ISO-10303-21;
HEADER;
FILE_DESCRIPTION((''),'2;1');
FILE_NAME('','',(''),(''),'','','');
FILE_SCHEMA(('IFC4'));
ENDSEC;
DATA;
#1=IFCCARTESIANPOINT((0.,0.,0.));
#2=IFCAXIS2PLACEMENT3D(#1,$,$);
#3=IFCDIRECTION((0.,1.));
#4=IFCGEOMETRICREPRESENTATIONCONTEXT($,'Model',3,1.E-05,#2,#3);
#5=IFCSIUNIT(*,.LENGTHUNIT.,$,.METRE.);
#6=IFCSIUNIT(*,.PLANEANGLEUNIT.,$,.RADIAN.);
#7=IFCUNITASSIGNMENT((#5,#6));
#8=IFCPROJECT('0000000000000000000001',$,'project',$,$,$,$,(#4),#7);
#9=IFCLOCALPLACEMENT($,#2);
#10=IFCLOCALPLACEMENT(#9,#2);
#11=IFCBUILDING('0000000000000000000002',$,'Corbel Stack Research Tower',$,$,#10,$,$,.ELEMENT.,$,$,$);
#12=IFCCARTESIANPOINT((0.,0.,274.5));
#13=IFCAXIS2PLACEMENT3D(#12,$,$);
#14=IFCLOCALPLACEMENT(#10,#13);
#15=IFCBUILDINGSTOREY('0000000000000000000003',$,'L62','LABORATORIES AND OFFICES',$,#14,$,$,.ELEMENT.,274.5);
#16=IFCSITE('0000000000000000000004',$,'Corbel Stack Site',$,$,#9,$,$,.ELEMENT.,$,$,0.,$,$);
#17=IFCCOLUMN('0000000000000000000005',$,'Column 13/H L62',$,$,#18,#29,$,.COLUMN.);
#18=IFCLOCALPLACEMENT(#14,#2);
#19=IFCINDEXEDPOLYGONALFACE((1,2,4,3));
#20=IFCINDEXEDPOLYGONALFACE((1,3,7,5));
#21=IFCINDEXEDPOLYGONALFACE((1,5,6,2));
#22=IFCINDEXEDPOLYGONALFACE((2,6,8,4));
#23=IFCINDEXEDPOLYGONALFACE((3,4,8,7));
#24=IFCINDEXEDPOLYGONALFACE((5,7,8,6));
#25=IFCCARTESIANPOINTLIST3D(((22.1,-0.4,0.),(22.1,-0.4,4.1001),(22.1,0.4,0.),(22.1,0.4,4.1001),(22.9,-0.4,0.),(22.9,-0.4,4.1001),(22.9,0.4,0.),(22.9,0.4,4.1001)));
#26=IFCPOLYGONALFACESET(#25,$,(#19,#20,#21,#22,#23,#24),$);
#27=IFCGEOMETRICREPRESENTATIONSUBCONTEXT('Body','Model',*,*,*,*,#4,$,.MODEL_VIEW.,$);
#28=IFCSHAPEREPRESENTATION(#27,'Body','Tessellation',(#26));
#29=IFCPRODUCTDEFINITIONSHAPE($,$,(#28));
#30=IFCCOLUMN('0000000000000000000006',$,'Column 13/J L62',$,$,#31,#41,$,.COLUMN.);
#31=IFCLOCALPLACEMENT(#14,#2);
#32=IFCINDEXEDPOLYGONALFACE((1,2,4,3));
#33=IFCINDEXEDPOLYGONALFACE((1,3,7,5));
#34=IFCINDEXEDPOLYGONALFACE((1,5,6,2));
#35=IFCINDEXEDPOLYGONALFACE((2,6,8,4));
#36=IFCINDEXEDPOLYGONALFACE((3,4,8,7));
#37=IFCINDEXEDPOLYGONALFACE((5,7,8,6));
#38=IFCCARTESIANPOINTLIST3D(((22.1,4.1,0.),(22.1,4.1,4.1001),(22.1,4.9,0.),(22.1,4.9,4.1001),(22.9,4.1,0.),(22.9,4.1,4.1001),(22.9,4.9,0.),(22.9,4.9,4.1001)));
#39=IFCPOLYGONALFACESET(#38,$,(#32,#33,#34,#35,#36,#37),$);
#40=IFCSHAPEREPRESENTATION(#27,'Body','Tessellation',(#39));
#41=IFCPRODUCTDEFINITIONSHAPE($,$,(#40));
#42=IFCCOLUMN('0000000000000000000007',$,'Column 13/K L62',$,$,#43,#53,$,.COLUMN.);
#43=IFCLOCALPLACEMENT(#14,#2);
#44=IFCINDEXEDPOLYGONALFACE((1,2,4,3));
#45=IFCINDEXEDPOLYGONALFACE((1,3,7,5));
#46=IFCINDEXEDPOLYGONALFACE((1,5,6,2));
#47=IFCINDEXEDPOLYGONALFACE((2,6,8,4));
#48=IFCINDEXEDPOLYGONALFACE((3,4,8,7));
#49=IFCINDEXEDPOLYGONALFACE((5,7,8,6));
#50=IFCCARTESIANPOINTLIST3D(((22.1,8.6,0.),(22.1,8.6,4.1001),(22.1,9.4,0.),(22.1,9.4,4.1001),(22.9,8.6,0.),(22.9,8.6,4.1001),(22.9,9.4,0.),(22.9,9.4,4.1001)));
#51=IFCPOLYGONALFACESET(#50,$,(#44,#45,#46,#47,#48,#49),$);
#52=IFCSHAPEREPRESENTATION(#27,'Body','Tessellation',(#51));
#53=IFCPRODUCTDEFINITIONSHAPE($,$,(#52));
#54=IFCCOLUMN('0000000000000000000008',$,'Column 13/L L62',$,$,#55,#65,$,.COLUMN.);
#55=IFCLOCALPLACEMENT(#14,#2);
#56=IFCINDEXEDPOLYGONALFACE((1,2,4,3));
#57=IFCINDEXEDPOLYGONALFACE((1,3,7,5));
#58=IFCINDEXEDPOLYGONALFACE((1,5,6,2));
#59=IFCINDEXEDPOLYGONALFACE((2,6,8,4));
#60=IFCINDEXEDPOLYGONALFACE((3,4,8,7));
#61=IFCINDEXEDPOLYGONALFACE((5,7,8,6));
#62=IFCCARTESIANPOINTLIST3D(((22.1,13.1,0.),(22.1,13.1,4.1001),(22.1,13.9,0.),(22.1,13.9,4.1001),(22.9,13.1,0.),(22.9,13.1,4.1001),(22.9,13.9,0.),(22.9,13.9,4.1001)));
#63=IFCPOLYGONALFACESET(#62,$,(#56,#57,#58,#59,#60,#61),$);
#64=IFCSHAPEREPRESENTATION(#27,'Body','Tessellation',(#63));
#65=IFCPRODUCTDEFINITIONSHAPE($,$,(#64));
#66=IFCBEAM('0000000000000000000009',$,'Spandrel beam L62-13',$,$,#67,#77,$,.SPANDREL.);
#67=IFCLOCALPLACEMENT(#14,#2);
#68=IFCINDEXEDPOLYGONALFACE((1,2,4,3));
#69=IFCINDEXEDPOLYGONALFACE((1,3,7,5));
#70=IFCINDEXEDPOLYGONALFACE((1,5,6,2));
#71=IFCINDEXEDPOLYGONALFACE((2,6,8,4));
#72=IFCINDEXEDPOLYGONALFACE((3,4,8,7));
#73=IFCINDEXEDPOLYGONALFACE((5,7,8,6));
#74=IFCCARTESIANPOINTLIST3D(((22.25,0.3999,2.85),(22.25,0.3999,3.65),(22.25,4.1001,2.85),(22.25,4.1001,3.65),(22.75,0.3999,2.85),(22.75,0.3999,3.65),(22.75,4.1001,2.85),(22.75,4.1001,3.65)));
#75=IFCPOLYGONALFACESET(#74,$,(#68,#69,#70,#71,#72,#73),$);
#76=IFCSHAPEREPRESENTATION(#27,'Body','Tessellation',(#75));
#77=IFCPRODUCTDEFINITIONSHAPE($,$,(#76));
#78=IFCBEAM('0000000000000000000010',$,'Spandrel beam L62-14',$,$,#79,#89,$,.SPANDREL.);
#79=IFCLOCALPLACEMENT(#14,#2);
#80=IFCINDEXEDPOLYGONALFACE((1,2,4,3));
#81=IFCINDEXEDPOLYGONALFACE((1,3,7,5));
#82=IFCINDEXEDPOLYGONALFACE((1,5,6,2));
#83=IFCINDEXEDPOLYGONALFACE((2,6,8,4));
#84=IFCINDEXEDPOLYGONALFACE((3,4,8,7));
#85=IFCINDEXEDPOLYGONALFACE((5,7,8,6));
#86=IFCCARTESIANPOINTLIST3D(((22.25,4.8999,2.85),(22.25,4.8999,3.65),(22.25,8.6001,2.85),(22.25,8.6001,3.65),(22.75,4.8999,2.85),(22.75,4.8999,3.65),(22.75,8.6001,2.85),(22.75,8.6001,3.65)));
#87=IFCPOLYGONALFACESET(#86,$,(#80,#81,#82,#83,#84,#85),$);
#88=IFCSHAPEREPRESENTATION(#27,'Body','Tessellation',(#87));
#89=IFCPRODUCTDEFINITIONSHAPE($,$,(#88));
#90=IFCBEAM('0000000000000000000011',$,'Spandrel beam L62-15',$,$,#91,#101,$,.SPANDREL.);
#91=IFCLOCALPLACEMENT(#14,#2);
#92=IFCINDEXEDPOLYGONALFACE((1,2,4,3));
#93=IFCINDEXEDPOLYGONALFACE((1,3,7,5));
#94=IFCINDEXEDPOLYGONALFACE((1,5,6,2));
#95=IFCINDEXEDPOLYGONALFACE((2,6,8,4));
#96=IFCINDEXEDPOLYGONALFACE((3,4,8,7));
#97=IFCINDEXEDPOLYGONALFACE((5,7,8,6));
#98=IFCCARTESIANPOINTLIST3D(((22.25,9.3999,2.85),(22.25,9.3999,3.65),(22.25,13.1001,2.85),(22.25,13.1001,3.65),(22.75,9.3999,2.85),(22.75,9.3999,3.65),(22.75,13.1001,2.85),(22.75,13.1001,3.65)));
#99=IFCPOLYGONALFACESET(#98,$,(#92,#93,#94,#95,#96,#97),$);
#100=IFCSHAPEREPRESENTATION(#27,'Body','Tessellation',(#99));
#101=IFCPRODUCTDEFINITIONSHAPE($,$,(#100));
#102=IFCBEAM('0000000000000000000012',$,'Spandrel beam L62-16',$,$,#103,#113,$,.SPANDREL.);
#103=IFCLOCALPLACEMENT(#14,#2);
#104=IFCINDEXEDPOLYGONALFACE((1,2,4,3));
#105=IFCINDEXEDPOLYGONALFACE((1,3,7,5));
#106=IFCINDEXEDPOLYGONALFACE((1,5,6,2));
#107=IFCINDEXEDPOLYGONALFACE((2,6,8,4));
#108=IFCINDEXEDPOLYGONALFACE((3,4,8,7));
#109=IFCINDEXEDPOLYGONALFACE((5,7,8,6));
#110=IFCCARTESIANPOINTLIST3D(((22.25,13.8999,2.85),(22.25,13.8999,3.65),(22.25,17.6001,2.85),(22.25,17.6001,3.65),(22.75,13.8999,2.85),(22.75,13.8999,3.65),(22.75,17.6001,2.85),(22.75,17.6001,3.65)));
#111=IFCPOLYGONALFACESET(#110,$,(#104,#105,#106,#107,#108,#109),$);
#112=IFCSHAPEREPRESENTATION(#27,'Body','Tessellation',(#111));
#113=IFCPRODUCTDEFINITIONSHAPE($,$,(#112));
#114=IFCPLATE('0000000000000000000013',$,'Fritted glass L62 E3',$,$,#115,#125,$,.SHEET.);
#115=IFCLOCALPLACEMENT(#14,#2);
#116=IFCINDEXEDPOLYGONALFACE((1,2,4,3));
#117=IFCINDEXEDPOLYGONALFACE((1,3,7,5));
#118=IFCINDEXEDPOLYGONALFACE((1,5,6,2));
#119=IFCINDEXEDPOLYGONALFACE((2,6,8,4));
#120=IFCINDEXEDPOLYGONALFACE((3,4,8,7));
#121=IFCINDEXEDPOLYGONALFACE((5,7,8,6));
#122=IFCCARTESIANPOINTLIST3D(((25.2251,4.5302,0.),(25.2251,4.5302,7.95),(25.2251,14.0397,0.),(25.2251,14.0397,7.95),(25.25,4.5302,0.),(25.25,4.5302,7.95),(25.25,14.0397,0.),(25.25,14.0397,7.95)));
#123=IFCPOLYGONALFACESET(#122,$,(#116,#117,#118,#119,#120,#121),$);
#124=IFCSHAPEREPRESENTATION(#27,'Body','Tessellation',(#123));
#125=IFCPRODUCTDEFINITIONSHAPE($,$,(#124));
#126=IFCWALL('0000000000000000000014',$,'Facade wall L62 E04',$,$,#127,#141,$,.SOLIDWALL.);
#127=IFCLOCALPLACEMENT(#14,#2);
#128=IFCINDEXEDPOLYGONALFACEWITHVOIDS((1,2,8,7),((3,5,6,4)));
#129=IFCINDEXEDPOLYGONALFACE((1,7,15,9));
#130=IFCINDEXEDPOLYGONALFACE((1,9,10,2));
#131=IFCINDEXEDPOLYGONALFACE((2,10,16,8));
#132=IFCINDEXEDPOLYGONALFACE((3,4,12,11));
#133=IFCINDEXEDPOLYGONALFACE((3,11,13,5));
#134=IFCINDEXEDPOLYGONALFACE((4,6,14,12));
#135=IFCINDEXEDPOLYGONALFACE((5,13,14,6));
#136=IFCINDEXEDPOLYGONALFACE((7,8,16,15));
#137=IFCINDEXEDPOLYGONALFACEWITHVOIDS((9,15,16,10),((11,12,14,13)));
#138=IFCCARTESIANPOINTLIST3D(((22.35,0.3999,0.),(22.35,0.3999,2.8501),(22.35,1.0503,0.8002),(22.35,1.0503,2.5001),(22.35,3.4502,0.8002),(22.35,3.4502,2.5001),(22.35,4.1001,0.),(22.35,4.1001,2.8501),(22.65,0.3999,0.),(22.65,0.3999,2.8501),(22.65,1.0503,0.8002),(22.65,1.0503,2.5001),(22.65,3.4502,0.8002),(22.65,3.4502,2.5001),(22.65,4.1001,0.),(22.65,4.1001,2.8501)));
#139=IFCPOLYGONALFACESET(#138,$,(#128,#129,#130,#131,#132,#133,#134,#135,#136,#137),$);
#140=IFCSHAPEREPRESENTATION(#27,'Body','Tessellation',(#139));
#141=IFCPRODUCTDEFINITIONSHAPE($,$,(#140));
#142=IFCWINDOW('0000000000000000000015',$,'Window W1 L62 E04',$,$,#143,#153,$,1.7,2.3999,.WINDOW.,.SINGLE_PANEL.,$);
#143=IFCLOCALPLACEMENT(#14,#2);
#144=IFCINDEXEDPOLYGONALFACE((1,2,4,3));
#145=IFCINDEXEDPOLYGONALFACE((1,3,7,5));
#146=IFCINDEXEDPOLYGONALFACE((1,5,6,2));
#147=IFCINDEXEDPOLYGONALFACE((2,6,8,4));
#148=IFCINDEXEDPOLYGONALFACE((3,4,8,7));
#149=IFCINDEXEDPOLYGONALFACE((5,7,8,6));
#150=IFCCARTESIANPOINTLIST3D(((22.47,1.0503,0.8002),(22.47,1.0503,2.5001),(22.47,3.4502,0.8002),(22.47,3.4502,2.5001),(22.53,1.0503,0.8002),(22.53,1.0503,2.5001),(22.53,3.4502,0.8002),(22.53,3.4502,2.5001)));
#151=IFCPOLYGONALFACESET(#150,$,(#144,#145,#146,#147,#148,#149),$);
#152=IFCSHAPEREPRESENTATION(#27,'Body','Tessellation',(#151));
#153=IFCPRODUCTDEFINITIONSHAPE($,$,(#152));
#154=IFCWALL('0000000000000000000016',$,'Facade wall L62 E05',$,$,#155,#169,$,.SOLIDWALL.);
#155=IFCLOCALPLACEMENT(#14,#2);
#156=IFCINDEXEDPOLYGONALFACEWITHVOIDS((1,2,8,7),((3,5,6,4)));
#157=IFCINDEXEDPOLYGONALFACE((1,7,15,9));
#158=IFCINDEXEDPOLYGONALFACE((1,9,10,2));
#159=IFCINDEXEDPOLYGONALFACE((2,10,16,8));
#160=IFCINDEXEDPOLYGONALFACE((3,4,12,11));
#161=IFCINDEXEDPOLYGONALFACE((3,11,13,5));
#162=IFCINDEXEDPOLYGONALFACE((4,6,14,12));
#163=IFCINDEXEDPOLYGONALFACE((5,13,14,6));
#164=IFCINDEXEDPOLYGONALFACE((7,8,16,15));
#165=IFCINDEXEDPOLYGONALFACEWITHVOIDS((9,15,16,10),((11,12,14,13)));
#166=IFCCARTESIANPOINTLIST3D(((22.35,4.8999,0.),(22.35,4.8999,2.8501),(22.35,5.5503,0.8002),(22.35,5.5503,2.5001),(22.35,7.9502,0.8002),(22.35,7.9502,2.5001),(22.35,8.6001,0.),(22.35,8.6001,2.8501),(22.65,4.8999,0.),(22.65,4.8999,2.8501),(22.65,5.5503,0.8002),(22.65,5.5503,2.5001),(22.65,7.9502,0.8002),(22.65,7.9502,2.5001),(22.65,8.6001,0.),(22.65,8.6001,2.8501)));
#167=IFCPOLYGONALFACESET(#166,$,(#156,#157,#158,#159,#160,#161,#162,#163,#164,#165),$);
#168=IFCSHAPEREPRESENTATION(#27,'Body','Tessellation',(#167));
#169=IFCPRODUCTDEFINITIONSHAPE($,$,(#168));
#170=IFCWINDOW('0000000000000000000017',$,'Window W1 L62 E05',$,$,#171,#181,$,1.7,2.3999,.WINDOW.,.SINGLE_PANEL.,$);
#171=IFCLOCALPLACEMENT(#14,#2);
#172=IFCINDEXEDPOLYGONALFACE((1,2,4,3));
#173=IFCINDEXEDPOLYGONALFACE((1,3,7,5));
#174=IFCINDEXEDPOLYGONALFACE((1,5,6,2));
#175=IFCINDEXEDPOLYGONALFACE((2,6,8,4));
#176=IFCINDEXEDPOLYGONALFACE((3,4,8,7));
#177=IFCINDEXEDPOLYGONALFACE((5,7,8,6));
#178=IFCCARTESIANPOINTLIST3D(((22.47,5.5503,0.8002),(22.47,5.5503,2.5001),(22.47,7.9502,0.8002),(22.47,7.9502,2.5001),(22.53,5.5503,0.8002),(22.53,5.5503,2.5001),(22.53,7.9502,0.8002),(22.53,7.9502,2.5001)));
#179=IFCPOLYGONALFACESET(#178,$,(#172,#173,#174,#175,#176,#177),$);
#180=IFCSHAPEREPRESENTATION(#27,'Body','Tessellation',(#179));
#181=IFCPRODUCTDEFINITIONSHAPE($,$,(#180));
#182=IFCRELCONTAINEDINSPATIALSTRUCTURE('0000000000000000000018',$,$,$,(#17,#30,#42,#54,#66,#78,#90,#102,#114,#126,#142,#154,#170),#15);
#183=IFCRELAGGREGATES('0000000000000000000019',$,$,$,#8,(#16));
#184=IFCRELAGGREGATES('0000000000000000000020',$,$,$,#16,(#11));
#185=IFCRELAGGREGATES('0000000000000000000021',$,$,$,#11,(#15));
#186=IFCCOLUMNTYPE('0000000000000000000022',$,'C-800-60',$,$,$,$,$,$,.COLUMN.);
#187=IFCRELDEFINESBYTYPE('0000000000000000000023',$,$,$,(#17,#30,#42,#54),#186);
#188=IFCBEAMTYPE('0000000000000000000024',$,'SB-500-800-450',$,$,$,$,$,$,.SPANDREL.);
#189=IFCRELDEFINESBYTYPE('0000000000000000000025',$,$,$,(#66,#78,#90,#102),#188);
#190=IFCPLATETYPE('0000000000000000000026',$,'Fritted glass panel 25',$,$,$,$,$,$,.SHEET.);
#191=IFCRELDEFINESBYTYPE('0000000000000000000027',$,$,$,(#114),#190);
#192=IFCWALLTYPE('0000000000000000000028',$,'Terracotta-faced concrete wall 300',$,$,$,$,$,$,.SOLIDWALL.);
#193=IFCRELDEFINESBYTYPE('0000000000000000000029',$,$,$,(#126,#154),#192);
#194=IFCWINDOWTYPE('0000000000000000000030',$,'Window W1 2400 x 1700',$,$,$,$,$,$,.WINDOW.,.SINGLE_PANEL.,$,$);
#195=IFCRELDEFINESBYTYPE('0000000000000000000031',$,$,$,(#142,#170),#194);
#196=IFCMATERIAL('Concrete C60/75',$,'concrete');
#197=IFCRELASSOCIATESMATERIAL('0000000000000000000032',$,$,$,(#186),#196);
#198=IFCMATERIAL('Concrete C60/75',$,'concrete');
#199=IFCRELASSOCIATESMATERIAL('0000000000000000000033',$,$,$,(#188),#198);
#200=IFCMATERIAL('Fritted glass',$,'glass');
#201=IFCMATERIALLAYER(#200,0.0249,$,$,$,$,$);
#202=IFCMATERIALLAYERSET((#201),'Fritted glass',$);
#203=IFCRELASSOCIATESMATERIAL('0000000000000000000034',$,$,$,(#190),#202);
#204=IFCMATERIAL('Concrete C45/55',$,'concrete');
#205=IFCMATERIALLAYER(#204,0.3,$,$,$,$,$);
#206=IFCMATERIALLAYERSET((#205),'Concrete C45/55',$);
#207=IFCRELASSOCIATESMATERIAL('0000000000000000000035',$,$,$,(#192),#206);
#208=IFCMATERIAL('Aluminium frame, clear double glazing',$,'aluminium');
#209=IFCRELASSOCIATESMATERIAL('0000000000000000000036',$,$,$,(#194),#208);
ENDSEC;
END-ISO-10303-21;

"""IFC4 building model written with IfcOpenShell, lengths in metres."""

from ifc_helpers import new_model, si_unit, direction, frame, frame_2d, origin, origin_2d, place, context, subcontext, project, spatial, rectangle, extrude, material, layer, layer_set, material_profile, profile_set, type_object, element, fill, save


model = new_model("IFC4")

# Units and contexts
model_context = context("Model", 3, precision=1e-05, world=origin(), true_north=direction((0.0, 1.0)))
body_context = subcontext(model_context, "Body", "Model", "MODEL_VIEW")
ifc_project = project(units=[si_unit("LENGTHUNIT", "METRE"), si_unit("PLANEANGLEUNIT", "RADIAN")], contexts=[model_context])

# Site, building, storey
site_placement = place(None, origin())
site = spatial("IfcSite", under=ifc_project, at=site_placement, Name="Corbel Stack Site", CompositionType="ELEMENT", RefElevation=0.0)
building_placement = place(site_placement, origin())
building = spatial("IfcBuilding", under=site, at=building_placement, Name="Corbel Stack Research Tower", CompositionType="ELEMENT")
storey_placement = place(building_placement, frame((0.0, 0.0, 274.5)))
storey = spatial("IfcBuildingStorey", under=building, at=storey_placement, Name="L62", Description="LABORATORIES AND OFFICES", CompositionType="ELEMENT", Elevation=274.5)

# Columns
ifc_material_1 = material(Name="Concrete C60/75", Category="concrete")
ifc_material_profile_1 = material_profile(ifc_material_1, rectangle(XDim=0.8, YDim=0.8, at=origin_2d()), Name="RC 800 x 800")
ifc_profile_set_1 = profile_set([ifc_material_profile_1], Name="Concrete C60/75")
column_type = type_object("IfcColumnType", Name="C-800-60", PredefinedType="COLUMN", material=ifc_profile_set_1)
for number, where, z_axis, x_axis, name in (
    (1, (22.5, 0.0, 0.0), (0.0, 0.0, 1.0), (1.0, 0.0, 0.0), "Column 13/H L62"),
    (2, (22.5, 4.5, 0.0), (0.0, 0.0, 1.0), (1.0, 0.0, 0.0), "Column 13/J L62"),
    (3, (22.5, 9.0, 0.0), (0.0, 0.0, 1.0), (1.0, 0.0, 0.0), "Column 13/K L62"),
    (4, (22.5, 13.5, 0.0), (0.0, 0.0, 1.0), (1.0, 0.0, 0.0), "Column 13/L L62"),
):
    element("IfcColumn", number, at=place(storey_placement, frame(where, z_axis=z_axis, x_axis=x_axis)), inside=storey, type_object=column_type, Name=name, PredefinedType="COLUMN", context=body_context, shape_type="SweptSolid", body=[
        extrude(rectangle(XDim=0.8, YDim=0.8, at=origin_2d()), origin(), (0.0, 0.0, 1.0), 4.1001),
    ])

# Beams
ifc_material_2 = material(Name="Concrete C60/75", Category="concrete")
ifc_material_profile_2 = material_profile(ifc_material_2, rectangle(XDim=0.5, YDim=0.8, at=origin_2d()), Name="RC 500 x 800")
ifc_profile_set_2 = profile_set([ifc_material_profile_2], Name="Concrete C60/75")
beam_type = type_object("IfcBeamType", Name="SB-500-800-450", PredefinedType="SPANDREL", material=ifc_profile_set_2)
for number, where, z_axis, x_axis, name in (
    (5, (22.5, 0.3999, 3.25), (0.0, 1.0, 0.0), (-1.0, 0.0, 0.0), "Spandrel beam L62-13"),
    (6, (22.5, 4.8999, 3.25), (0.0, 1.0, 0.0), (-1.0, 0.0, 0.0), "Spandrel beam L62-14"),
    (7, (22.5, 9.3999, 3.25), (0.0, 1.0, 0.0), (-1.0, 0.0, 0.0), "Spandrel beam L62-15"),
    (8, (22.5, 13.8999, 3.25), (0.0, 1.0, 0.0), (-1.0, 0.0, 0.0), "Spandrel beam L62-16"),
):
    element("IfcBeam", number, at=place(storey_placement, frame(where, z_axis=z_axis, x_axis=x_axis)), inside=storey, type_object=beam_type, Name=name, PredefinedType="SPANDREL", context=body_context, shape_type="SweptSolid", body=[
        extrude(rectangle(XDim=0.5, YDim=0.8, at=origin_2d()), origin(), (0.0, 0.0, 1.0), 3.7002),
    ])

# Plate
ifc_material_3 = material(Name="Fritted glass", Category="glass")
ifc_layer_1 = layer(ifc_material_3, 0.0249)
ifc_layer_set_1 = layer_set([ifc_layer_1], Name="Fritted glass")
plate_type = type_object("IfcPlateType", Name="Fritted glass panel 25", PredefinedType="SHEET", material=ifc_layer_set_1)
plate_placement = place(storey_placement, frame((25.2375, 9.2849, 0.0), z_axis=(0.0, 0.0, 1.0), x_axis=(0.0, 1.0, 0.0)))
element("IfcPlate", 9, at=plate_placement, inside=storey, type_object=plate_type, Name="Fritted glass L62 E3", PredefinedType="SHEET", context=body_context, shape_type="SweptSolid", body=[
    extrude(rectangle(XDim=9.5095, YDim=0.0249, at=origin_2d()), origin(), (0.0, 0.0, 1.0), 7.95),
])

# Walls, openings, windows
ifc_material_4 = material(Name="Concrete C45/55", Category="concrete")
ifc_layer_2 = layer(ifc_material_4, 0.3)
ifc_layer_set_2 = layer_set([ifc_layer_2], Name="Concrete C45/55")
wall_type = type_object("IfcWallType", Name="Terracotta-faced concrete wall 300", PredefinedType="SOLIDWALL", material=ifc_layer_set_2)
wall_1_placement = place(storey_placement, frame((22.5, 4.1001, 0.0), z_axis=(0.0, 0.0, 1.0), x_axis=(0.0, -1.0, 0.0)))
wall_1 = element("IfcWall", 10, at=wall_1_placement, inside=storey, type_object=wall_type, Name="Facade wall L62 E04", PredefinedType="SOLIDWALL", context=body_context, shape_type="SweptSolid", body=[
    extrude(rectangle(XDim=3.7002, YDim=0.3, at=frame_2d((1.8501, 0.0))), origin(), (0.0, 0.0, 1.0), 2.8501),
])
opening_1_placement = place(wall_1_placement, frame((0.6499, 0.0, 0.8)))
opening_1 = element("IfcOpeningElement", 11, at=opening_1_placement, cuts=wall_1, PredefinedType="OPENING", context=body_context, shape_type="SweptSolid", body=[
    extrude(rectangle(XDim=2.3999, YDim=1.7, at=frame_2d((1.2, 0.8501))), frame((0.0, 0.1599, 0.0), z_axis=(0.0, -1.0, 0.0), x_axis=(1.0, 0.0, 0.0)), (0.0, 0.0, 1.0), 0.3201),
])
ifc_material_5 = material(Name="Aluminium frame, clear double glazing", Category="aluminium")
window_type = type_object("IfcWindowType", Name="Window W1 2400 x 1700", PartitioningType="SINGLE_PANEL", PredefinedType="WINDOW", material=ifc_material_5)
window_1_placement = place(opening_1_placement, origin())
window_1 = element("IfcWindow", 12, at=window_1_placement, inside=storey, type_object=window_type, Name="Window W1 L62 E04", OverallHeight=1.7, OverallWidth=2.3999, PartitioningType="SINGLE_PANEL", PredefinedType="WINDOW", context=body_context, shape_type="SweptSolid", body=[
    extrude(rectangle(XDim=2.3999, YDim=1.7, at=frame_2d((1.2, 0.8501))), frame((0.0, 0.03, 0.0), z_axis=(0.0, -1.0, 0.0), x_axis=(1.0, 0.0, 0.0)), (0.0, 0.0, 1.0), 0.0601),
])
fill(opening_1, window_1)
wall_2_placement = place(storey_placement, frame((22.5, 8.6001, 0.0), z_axis=(0.0, 0.0, 1.0), x_axis=(0.0, -1.0, 0.0)))
wall_2 = element("IfcWall", 13, at=wall_2_placement, inside=storey, type_object=wall_type, Name="Facade wall L62 E05", PredefinedType="SOLIDWALL", context=body_context, shape_type="SweptSolid", body=[
    extrude(rectangle(XDim=3.7002, YDim=0.3, at=frame_2d((1.8501, 0.0))), origin(), (0.0, 0.0, 1.0), 2.8501),
])
opening_2_placement = place(wall_2_placement, frame((0.6499, 0.0, 0.8)))
opening_2 = element("IfcOpeningElement", 14, at=opening_2_placement, cuts=wall_2, PredefinedType="OPENING", context=body_context, shape_type="SweptSolid", body=[
    extrude(rectangle(XDim=2.3999, YDim=1.7, at=frame_2d((1.2, 0.8501))), frame((0.0, 0.1599, 0.0), z_axis=(0.0, -1.0, 0.0), x_axis=(1.0, 0.0, 0.0)), (0.0, 0.0, 1.0), 0.3201),
])
window_2_placement = place(opening_2_placement, origin())
window_2 = element("IfcWindow", 15, at=window_2_placement, inside=storey, type_object=window_type, Name="Window W1 L62 E05", OverallHeight=1.7, OverallWidth=2.3999, PartitioningType="SINGLE_PANEL", PredefinedType="WINDOW", context=body_context, shape_type="SweptSolid", body=[
    extrude(rectangle(XDim=2.3999, YDim=1.7, at=frame_2d((1.2, 0.8501))), frame((0.0, 0.03, 0.0), z_axis=(0.0, -1.0, 0.0), x_axis=(1.0, 0.0, 0.0)), (0.0, 0.0, 1.0), 0.0601),
])
fill(opening_2, window_2)

save(model, "model.ifc")
